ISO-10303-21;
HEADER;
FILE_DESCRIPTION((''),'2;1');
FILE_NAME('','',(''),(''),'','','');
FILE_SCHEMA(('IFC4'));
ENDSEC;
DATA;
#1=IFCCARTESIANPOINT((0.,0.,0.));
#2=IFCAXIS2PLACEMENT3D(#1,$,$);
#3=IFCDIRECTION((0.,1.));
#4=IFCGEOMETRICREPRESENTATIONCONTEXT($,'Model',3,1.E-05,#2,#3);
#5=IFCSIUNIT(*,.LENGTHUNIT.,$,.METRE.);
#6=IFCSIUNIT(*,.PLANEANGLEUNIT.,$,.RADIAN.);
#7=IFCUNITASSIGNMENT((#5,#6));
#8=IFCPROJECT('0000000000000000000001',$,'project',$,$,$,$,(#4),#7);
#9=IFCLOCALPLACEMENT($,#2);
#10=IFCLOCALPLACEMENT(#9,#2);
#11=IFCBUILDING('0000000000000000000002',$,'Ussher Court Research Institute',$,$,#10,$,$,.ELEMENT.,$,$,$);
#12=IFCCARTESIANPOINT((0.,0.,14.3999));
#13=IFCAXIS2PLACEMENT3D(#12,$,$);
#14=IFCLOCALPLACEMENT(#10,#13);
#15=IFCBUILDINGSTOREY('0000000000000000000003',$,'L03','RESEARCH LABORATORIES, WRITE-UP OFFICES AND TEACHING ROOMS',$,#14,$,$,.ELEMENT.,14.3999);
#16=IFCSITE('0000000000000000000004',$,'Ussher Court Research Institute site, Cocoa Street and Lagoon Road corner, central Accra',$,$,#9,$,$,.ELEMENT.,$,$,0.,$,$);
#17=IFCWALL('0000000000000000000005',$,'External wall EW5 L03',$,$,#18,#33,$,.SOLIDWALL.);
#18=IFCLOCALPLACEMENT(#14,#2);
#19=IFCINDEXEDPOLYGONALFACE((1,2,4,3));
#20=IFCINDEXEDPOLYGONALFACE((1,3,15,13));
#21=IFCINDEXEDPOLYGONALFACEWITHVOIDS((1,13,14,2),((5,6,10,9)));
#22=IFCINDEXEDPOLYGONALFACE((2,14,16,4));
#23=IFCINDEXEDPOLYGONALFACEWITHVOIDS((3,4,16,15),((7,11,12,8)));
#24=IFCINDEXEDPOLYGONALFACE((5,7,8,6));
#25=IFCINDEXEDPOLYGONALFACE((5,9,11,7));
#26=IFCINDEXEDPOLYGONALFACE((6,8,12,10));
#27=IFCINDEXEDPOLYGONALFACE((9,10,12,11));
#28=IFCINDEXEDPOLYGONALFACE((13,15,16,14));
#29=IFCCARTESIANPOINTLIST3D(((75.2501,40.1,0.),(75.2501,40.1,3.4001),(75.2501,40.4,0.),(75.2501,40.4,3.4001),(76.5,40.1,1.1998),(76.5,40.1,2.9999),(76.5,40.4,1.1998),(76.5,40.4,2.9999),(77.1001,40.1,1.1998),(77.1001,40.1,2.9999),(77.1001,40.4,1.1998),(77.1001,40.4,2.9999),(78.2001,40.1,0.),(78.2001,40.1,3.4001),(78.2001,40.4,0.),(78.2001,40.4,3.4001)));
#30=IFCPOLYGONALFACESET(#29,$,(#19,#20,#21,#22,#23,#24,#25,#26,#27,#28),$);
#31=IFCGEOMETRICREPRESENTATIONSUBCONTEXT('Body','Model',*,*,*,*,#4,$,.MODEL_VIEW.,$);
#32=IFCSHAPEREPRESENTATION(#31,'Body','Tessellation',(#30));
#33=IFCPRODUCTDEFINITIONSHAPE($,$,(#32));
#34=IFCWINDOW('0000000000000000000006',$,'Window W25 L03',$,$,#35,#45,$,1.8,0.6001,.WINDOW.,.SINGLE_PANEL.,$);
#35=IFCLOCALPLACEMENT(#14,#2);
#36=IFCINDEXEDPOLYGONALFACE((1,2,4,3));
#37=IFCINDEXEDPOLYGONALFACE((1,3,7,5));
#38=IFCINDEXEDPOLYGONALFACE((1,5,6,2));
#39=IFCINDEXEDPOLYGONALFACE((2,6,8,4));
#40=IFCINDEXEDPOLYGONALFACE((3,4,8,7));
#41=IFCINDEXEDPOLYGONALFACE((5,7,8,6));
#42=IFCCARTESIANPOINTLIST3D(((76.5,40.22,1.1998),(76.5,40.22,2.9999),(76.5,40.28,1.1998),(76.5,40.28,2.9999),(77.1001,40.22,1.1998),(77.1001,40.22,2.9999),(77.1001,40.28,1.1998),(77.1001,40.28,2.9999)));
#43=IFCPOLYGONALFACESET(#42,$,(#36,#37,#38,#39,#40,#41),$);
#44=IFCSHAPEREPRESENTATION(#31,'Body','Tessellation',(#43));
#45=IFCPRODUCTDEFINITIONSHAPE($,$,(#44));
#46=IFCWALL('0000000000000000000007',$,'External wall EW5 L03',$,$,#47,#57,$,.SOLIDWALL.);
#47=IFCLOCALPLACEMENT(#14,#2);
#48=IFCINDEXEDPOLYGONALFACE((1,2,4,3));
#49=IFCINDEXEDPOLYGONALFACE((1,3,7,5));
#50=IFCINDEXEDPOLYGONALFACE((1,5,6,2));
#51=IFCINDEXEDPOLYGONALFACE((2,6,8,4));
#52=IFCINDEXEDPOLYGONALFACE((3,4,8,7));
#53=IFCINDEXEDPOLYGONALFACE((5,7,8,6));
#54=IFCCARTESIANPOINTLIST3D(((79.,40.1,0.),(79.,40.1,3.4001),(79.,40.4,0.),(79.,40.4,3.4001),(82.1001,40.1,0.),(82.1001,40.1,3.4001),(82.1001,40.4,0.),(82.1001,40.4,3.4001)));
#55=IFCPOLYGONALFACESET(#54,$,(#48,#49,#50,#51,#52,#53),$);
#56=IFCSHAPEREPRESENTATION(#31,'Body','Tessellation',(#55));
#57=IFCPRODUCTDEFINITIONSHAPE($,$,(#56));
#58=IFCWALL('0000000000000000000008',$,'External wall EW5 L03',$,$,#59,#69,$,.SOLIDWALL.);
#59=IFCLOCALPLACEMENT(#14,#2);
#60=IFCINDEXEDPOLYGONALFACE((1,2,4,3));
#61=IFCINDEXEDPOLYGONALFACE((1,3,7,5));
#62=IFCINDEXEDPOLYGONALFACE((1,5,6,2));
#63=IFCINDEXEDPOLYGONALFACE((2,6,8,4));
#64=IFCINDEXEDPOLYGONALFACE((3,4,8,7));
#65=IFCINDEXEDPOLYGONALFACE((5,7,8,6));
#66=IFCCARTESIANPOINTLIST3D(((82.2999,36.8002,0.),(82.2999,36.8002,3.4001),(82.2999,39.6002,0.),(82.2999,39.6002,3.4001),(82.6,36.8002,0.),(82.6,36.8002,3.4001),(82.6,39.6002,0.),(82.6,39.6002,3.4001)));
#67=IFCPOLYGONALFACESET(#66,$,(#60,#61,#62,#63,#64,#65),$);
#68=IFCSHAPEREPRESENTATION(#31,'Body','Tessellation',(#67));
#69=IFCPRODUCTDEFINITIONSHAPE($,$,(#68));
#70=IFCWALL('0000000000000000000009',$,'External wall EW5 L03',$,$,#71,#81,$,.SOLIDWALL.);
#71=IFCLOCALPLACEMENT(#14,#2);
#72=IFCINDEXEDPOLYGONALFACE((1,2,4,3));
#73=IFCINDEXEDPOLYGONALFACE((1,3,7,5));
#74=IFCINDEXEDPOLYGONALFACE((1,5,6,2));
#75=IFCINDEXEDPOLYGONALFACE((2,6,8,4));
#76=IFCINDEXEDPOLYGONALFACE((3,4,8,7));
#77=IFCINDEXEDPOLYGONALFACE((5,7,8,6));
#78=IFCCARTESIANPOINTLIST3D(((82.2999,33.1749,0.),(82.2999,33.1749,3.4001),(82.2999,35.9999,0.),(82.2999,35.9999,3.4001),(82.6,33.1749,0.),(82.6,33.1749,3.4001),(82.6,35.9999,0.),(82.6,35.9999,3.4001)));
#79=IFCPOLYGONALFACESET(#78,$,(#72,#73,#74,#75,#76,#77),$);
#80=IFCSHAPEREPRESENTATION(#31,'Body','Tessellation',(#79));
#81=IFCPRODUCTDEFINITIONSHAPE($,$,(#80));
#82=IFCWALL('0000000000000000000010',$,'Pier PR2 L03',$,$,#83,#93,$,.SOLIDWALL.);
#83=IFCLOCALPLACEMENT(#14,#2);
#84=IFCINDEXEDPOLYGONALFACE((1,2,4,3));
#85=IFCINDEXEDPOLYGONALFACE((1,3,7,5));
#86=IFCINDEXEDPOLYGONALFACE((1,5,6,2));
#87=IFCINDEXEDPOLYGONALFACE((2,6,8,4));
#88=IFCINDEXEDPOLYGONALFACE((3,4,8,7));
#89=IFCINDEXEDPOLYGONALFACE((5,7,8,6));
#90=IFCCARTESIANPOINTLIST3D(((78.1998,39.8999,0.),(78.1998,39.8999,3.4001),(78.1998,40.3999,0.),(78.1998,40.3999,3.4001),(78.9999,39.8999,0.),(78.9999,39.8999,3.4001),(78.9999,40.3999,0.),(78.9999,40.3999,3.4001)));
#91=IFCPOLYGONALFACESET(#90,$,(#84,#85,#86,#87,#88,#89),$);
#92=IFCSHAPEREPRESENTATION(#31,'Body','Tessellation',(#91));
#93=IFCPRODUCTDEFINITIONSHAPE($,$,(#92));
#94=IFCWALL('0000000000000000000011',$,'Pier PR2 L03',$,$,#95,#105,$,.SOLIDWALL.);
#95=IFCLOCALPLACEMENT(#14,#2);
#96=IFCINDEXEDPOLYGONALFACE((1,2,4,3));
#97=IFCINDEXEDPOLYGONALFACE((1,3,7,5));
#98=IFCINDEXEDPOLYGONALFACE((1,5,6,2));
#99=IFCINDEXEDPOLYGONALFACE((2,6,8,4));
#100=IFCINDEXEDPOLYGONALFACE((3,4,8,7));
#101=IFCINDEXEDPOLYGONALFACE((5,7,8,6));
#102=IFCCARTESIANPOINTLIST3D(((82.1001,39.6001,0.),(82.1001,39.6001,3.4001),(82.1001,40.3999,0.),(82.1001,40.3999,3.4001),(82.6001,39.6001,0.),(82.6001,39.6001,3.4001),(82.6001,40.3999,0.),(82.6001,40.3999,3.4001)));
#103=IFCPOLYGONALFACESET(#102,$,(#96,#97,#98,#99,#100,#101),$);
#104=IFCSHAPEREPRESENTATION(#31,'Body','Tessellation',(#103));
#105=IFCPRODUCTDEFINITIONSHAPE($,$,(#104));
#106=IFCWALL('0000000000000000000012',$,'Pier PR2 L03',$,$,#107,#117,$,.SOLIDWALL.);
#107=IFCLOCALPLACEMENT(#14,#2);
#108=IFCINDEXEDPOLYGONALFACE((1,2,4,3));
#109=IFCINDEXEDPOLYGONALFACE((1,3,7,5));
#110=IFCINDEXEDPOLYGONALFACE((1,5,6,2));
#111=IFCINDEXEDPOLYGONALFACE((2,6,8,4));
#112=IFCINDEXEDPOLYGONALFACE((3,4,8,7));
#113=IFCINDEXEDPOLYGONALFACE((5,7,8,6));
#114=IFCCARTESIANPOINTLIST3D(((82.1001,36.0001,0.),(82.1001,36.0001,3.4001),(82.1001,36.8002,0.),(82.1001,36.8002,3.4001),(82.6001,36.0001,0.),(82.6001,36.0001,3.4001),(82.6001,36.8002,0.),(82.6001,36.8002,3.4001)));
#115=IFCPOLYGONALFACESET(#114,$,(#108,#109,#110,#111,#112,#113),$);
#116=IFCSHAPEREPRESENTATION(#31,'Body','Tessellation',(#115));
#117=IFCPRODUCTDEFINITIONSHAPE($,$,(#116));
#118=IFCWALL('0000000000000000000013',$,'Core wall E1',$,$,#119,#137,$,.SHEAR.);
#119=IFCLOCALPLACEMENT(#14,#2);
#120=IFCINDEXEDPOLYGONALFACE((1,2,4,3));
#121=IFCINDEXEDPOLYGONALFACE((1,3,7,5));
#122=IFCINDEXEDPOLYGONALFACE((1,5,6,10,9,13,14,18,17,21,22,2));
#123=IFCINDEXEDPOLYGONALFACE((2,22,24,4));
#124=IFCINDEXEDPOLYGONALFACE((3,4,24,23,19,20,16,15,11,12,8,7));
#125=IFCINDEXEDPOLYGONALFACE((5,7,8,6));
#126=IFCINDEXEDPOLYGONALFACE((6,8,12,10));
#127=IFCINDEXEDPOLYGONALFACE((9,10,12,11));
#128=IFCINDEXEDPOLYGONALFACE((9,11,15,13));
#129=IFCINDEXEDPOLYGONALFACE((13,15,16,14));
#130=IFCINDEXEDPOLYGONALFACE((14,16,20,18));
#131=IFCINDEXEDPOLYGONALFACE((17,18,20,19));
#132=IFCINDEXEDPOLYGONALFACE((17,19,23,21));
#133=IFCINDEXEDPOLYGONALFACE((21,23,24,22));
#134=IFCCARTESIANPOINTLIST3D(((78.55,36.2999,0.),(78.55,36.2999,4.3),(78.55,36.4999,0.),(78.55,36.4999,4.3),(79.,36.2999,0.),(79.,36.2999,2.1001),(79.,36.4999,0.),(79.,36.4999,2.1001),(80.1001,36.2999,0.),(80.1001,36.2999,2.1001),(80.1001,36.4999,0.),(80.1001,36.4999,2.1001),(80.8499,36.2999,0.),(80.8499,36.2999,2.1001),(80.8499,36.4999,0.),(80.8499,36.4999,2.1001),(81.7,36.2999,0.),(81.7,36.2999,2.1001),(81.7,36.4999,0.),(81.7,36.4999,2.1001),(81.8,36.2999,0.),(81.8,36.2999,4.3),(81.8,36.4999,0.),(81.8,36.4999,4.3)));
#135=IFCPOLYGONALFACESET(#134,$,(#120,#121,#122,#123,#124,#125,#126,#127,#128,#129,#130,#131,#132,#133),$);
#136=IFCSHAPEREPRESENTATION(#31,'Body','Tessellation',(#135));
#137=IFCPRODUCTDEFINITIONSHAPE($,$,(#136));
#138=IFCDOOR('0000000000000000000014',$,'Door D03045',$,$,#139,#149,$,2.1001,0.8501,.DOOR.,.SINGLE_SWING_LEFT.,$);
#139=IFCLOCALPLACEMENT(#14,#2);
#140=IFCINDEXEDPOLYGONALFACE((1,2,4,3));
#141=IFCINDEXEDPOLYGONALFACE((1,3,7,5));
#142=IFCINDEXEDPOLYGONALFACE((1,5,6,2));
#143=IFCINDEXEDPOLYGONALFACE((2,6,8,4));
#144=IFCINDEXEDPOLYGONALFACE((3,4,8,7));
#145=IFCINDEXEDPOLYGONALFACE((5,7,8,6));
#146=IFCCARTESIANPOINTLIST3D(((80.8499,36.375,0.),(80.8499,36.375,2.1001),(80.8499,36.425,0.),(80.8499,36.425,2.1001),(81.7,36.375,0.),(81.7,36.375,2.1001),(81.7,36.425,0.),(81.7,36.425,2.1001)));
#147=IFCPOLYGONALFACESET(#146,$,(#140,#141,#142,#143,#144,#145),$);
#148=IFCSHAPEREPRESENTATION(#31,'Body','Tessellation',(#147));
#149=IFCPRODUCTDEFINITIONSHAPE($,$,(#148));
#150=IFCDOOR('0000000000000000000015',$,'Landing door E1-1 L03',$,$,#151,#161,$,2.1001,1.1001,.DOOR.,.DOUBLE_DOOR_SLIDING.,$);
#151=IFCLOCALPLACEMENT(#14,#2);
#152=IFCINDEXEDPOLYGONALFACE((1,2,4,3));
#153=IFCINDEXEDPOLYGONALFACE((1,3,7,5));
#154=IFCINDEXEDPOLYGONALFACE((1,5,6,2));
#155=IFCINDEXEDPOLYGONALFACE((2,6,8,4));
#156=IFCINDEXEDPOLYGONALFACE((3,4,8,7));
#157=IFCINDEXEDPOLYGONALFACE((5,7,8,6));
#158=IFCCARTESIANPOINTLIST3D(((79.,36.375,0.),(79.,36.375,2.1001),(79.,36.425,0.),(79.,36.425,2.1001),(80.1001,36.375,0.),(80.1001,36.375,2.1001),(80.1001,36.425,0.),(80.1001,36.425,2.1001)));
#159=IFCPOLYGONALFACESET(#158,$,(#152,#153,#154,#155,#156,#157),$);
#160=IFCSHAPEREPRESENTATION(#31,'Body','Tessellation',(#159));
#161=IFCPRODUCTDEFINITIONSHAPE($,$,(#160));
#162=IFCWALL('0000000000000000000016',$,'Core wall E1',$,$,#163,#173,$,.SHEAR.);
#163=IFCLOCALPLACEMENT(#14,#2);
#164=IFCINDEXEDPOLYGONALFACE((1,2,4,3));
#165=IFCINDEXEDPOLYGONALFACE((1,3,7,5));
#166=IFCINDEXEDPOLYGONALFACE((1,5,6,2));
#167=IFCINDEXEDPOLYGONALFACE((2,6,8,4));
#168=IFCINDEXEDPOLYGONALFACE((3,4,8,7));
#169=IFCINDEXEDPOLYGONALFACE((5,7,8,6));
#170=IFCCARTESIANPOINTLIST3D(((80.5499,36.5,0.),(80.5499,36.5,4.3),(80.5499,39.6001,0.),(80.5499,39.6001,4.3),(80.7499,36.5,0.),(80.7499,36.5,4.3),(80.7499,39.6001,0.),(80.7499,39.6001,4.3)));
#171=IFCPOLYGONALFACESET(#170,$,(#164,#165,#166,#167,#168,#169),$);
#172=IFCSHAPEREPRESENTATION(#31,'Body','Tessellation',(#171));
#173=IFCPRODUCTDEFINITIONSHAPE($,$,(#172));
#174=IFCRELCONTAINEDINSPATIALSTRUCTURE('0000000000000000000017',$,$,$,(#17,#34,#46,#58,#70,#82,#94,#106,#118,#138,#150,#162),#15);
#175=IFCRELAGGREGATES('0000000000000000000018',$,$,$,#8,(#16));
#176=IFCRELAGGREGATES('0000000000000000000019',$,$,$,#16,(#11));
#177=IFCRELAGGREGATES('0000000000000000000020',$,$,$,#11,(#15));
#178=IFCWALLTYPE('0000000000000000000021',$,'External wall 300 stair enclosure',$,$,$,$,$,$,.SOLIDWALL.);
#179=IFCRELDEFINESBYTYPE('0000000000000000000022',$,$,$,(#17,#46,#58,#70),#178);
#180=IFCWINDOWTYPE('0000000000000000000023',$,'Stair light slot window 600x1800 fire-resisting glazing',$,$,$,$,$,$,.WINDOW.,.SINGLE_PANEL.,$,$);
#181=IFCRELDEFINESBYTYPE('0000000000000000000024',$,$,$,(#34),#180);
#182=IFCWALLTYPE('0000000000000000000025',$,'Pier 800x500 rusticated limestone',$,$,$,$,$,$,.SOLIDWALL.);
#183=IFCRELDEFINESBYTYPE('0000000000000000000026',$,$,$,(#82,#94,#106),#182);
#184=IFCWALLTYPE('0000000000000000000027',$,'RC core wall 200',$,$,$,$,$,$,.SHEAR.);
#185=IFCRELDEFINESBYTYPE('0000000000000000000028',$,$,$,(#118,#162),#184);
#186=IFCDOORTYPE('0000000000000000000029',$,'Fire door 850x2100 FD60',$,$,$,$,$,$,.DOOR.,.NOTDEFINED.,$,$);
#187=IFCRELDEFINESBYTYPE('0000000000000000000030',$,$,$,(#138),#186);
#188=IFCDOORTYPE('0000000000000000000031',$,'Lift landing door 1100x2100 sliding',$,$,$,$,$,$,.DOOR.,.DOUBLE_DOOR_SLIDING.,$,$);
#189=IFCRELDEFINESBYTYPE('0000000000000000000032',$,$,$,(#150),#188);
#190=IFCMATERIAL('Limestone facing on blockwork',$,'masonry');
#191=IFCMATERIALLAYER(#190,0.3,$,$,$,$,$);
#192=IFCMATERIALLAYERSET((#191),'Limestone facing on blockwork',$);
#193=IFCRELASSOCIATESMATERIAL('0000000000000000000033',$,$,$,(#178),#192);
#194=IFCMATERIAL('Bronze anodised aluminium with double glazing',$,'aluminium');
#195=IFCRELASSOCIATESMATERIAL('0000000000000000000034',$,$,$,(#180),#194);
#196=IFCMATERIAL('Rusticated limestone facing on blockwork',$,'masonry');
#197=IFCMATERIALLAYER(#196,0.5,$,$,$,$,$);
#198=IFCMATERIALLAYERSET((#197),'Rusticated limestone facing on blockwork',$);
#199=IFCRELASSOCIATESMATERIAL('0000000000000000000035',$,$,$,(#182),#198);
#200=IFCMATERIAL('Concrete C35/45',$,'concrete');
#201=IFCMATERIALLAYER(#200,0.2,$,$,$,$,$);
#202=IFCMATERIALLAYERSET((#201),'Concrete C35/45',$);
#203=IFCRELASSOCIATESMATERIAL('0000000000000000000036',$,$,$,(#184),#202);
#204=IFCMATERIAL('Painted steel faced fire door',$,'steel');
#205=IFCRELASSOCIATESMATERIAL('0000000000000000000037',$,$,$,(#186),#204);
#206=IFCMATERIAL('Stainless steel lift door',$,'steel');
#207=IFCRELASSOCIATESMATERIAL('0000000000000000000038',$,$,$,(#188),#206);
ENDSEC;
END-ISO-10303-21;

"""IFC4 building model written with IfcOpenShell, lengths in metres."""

from ifc_helpers import new_model, si_unit, direction, frame, frame_2d, origin, place, context, subcontext, project, spatial, rectangle, extrude, material, layer, layer_set, type_object, element, fill, save


model = new_model("IFC4")

# Units and contexts
model_context = context("Model", 3, precision=1e-05, world=origin(), true_north=direction((0.0, 1.0)))
body_context = subcontext(model_context, "Body", "Model", "MODEL_VIEW")
ifc_project = project(units=[si_unit("LENGTHUNIT", "METRE"), si_unit("PLANEANGLEUNIT", "RADIAN")], contexts=[model_context])

# Site, building, storey
site_placement = place(None, origin())
site = spatial("IfcSite", under=ifc_project, at=site_placement, Name="Ussher Court Research Institute site, Cocoa Street and Lagoon Road corner, central Accra", CompositionType="ELEMENT", RefElevation=0.0)
building_placement = place(site_placement, origin())
building = spatial("IfcBuilding", under=site, at=building_placement, Name="Ussher Court Research Institute", CompositionType="ELEMENT")
storey_placement = place(building_placement, frame((0.0, 0.0, 14.3999)))
storey = spatial("IfcBuildingStorey", under=building, at=storey_placement, Name="L03", Description="RESEARCH LABORATORIES, WRITE-UP OFFICES AND TEACHING ROOMS", CompositionType="ELEMENT", Elevation=14.3999)

# Wall, opening, window
ifc_material_1 = material(Name="Limestone facing on blockwork", Category="masonry")
ifc_layer_1 = layer(ifc_material_1, 0.3)
ifc_layer_set_1 = layer_set([ifc_layer_1], Name="Limestone facing on blockwork")
wall_type_1 = type_object("IfcWallType", Name="External wall 300 stair enclosure", PredefinedType="SOLIDWALL", material=ifc_layer_set_1)
wall_1_placement = place(storey_placement, frame((75.25, 40.25, 0.0), z_axis=(0.0, 0.0, 1.0), x_axis=(1.0, 0.0, 0.0)))
wall_1 = element("IfcWall", 1, at=wall_1_placement, inside=storey, type_object=wall_type_1, Name="External wall EW5 L03", PredefinedType="SOLIDWALL", context=body_context, shape_type="SweptSolid", body=[
    extrude(rectangle(XDim=2.95, YDim=0.3, at=frame_2d((1.4751, 0.0))), origin(), (0.0, 0.0, 1.0), 3.4001),
])
opening_1_placement = place(wall_1_placement, frame((1.25, 0.0, 1.2)))
opening_1 = element("IfcOpeningElement", 2, at=opening_1_placement, cuts=wall_1, PredefinedType="OPENING", context=body_context, shape_type="SweptSolid", body=[
    extrude(rectangle(XDim=0.6001, YDim=1.8, at=frame_2d((0.3, 0.8999))), frame((0.0, 0.1602, 0.0), z_axis=(0.0, -1.0, 0.0), x_axis=(1.0, 0.0, 0.0)), (0.0, 0.0, 1.0), 0.3201),
])
ifc_material_2 = material(Name="Bronze anodised aluminium with double glazing", Category="aluminium")
window_type = type_object("IfcWindowType", Name="Stair light slot window 600x1800 fire-resisting glazing", PartitioningType="SINGLE_PANEL", PredefinedType="WINDOW", material=ifc_material_2)
window_1_placement = place(opening_1_placement, origin())
window_1 = element("IfcWindow", 3, at=window_1_placement, inside=storey, type_object=window_type, Name="Window W25 L03", OverallHeight=1.8, OverallWidth=0.6001, PartitioningType="SINGLE_PANEL", PredefinedType="WINDOW", context=body_context, shape_type="SweptSolid", body=[
    extrude(rectangle(XDim=0.6001, YDim=1.8, at=frame_2d((0.3, 0.8999))), frame((0.0, 0.03, 0.0), z_axis=(0.0, -1.0, 0.0), x_axis=(1.0, 0.0, 0.0)), (0.0, 0.0, 1.0), 0.0601),
])
fill(opening_1, window_1)

# Walls
wall_2_placement = place(storey_placement, frame((79.0, 40.25, 0.0), z_axis=(0.0, 0.0, 1.0), x_axis=(1.0, 0.0, 0.0)))
element("IfcWall", 4, at=wall_2_placement, inside=storey, type_object=wall_type_1, Name="External wall EW5 L03", PredefinedType="SOLIDWALL", context=body_context, shape_type="SweptSolid", body=[
    extrude(rectangle(XDim=3.1001, YDim=0.3, at=frame_2d((1.55, 0.0))), origin(), (0.0, 0.0, 1.0), 3.4001),
])
wall_3_placement = place(storey_placement, frame((82.45, 39.6001, 0.0), z_axis=(0.0, 0.0, 1.0), x_axis=(0.0, -1.0, 0.0)))
element("IfcWall", 5, at=wall_3_placement, inside=storey, type_object=wall_type_1, Name="External wall EW5 L03", PredefinedType="SOLIDWALL", context=body_context, shape_type="SweptSolid", body=[
    extrude(rectangle(XDim=2.8, YDim=0.3, at=frame_2d((1.3999, 0.0))), origin(), (0.0, 0.0, 1.0), 3.4001),
])
wall_4_placement = place(storey_placement, frame((82.45, 36.0, 0.0), z_axis=(0.0, 0.0, 1.0), x_axis=(0.0, -1.0, 0.0)))
element("IfcWall", 6, at=wall_4_placement, inside=storey, type_object=wall_type_1, Name="External wall EW5 L03", PredefinedType="SOLIDWALL", context=body_context, shape_type="SweptSolid", body=[
    extrude(rectangle(XDim=2.825, YDim=0.3, at=frame_2d((1.4126, 0.0))), origin(), (0.0, 0.0, 1.0), 3.4001),
])
ifc_material_3 = material(Name="Rusticated limestone facing on blockwork", Category="masonry")
ifc_layer_2 = layer(ifc_material_3, 0.5)
ifc_layer_set_2 = layer_set([ifc_layer_2], Name="Rusticated limestone facing on blockwork")
wall_type_2 = type_object("IfcWallType", Name="Pier 800x500 rusticated limestone", PredefinedType="SOLIDWALL", material=ifc_layer_set_2)
wall_5_placement = place(storey_placement, frame((78.2, 40.1499, 0.0), z_axis=(0.0, 0.0, 1.0), x_axis=(1.0, 0.0, 0.0)))
element("IfcWall", 7, at=wall_5_placement, inside=storey, type_object=wall_type_2, Name="Pier PR2 L03", PredefinedType="SOLIDWALL", context=body_context, shape_type="SweptSolid", body=[
    extrude(rectangle(XDim=0.8, YDim=0.5, at=frame_2d((0.3999, 0.0))), origin(), (0.0, 0.0, 1.0), 3.4001),
])
wall_6_placement = place(storey_placement, frame((82.3501, 40.3999, 0.0), z_axis=(0.0, 0.0, 1.0), x_axis=(0.0, -1.0, 0.0)))
element("IfcWall", 8, at=wall_6_placement, inside=storey, type_object=wall_type_2, Name="Pier PR2 L03", PredefinedType="SOLIDWALL", context=body_context, shape_type="SweptSolid", body=[
    extrude(rectangle(XDim=0.7998, YDim=0.5, at=frame_2d((0.3999, 0.0))), origin(), (0.0, 0.0, 1.0), 3.4001),
])
wall_7_placement = place(storey_placement, frame((82.3501, 36.8, 0.0), z_axis=(0.0, 0.0, 1.0), x_axis=(0.0, -1.0, 0.0)))
element("IfcWall", 9, at=wall_7_placement, inside=storey, type_object=wall_type_2, Name="Pier PR2 L03", PredefinedType="SOLIDWALL", context=body_context, shape_type="SweptSolid", body=[
    extrude(rectangle(XDim=0.8, YDim=0.5, at=frame_2d((0.3999, 0.0))), origin(), (0.0, 0.0, 1.0), 3.4001),
])

# Wall, openings, doors
ifc_material_4 = material(Name="Concrete C35/45", Category="concrete")
ifc_layer_3 = layer(ifc_material_4, 0.2)
ifc_layer_set_3 = layer_set([ifc_layer_3], Name="Concrete C35/45")
wall_type_3 = type_object("IfcWallType", Name="RC core wall 200", PredefinedType="SHEAR", material=ifc_layer_set_3)
wall_8_placement = place(storey_placement, frame((81.8, 36.3999, 0.0), z_axis=(0.0, 0.0, 1.0), x_axis=(-1.0, 0.0, 0.0)))
wall_8 = element("IfcWall", 10, at=wall_8_placement, inside=storey, type_object=wall_type_3, Name="Core wall E1", PredefinedType="SHEAR", context=body_context, shape_type="SweptSolid", body=[
    extrude(rectangle(XDim=3.25, YDim=0.2, at=frame_2d((1.625, 0.0))), origin(), (0.0, 0.0, 1.0), 4.3),
])
opening_2_placement = place(wall_8_placement, frame((1.7, 0.0, 0.0)))
opening_2 = element("IfcOpeningElement", 11, at=opening_2_placement, cuts=wall_8, PredefinedType="OPENING", context=body_context, shape_type="SweptSolid", body=[
    extrude(rectangle(XDim=1.1001, YDim=2.1001, at=frame_2d((0.55, 1.05))), frame((0.0, 0.1099, 0.0), z_axis=(0.0, -1.0, 0.0), x_axis=(1.0, 0.0, 0.0)), (0.0, 0.0, 1.0), 0.22),
])
opening_3_placement = place(wall_8_placement, frame((0.1001, 0.0, 0.0)))
opening_3 = element("IfcOpeningElement", 12, at=opening_3_placement, cuts=wall_8, PredefinedType="OPENING", context=body_context, shape_type="SweptSolid", body=[
    extrude(rectangle(XDim=0.8501, YDim=2.1001, at=frame_2d((0.425, 1.05))), frame((0.0, 0.1099, 0.0), z_axis=(0.0, -1.0, 0.0), x_axis=(1.0, 0.0, 0.0)), (0.0, 0.0, 1.0), 0.22),
])
ifc_material_5 = material(Name="Painted steel faced fire door", Category="steel")
door_type_1 = type_object("IfcDoorType", Name="Fire door 850x2100 FD60", OperationType="NOTDEFINED", PredefinedType="DOOR", material=ifc_material_5)
door_1_placement = place(opening_3_placement, origin())
door_1 = element("IfcDoor", 13, at=door_1_placement, inside=storey, type_object=door_type_1, Name="Door D03045", OperationType="SINGLE_SWING_LEFT", OverallHeight=2.1001, OverallWidth=0.8501, PredefinedType="DOOR", context=body_context, shape_type="SweptSolid", body=[
    extrude(rectangle(XDim=0.8501, YDim=2.1001, at=frame_2d((0.425, 1.05))), frame((0.0, 0.0249, 0.0), z_axis=(0.0, -1.0, 0.0), x_axis=(1.0, 0.0, 0.0)), (0.0, 0.0, 1.0), 0.05),
])
fill(opening_3, door_1)
ifc_material_6 = material(Name="Stainless steel lift door", Category="steel")
door_type_2 = type_object("IfcDoorType", Name="Lift landing door 1100x2100 sliding", OperationType="DOUBLE_DOOR_SLIDING", PredefinedType="DOOR", material=ifc_material_6)
door_2_placement = place(opening_2_placement, origin())
door_2 = element("IfcDoor", 14, at=door_2_placement, inside=storey, type_object=door_type_2, Name="Landing door E1-1 L03", OperationType="DOUBLE_DOOR_SLIDING", OverallHeight=2.1001, OverallWidth=1.1001, PredefinedType="DOOR", context=body_context, shape_type="SweptSolid", body=[
    extrude(rectangle(XDim=1.1001, YDim=2.1001, at=frame_2d((0.55, 1.05))), frame((0.0, 0.0249, 0.0), z_axis=(0.0, -1.0, 0.0), x_axis=(1.0, 0.0, 0.0)), (0.0, 0.0, 1.0), 0.05),
])
fill(opening_2, door_2)

# Wall
wall_9_placement = place(storey_placement, frame((80.6499, 36.5, 0.0), z_axis=(0.0, 0.0, 1.0), x_axis=(0.0, 1.0, 0.0)))
element("IfcWall", 15, at=wall_9_placement, inside=storey, type_object=wall_type_3, Name="Core wall E1", PredefinedType="SHEAR", context=body_context, shape_type="SweptSolid", body=[
    extrude(rectangle(XDim=3.1001, YDim=0.2, at=frame_2d((1.55, 0.0))), origin(), (0.0, 0.0, 1.0), 4.3),
])

save(model, "model.ifc")
